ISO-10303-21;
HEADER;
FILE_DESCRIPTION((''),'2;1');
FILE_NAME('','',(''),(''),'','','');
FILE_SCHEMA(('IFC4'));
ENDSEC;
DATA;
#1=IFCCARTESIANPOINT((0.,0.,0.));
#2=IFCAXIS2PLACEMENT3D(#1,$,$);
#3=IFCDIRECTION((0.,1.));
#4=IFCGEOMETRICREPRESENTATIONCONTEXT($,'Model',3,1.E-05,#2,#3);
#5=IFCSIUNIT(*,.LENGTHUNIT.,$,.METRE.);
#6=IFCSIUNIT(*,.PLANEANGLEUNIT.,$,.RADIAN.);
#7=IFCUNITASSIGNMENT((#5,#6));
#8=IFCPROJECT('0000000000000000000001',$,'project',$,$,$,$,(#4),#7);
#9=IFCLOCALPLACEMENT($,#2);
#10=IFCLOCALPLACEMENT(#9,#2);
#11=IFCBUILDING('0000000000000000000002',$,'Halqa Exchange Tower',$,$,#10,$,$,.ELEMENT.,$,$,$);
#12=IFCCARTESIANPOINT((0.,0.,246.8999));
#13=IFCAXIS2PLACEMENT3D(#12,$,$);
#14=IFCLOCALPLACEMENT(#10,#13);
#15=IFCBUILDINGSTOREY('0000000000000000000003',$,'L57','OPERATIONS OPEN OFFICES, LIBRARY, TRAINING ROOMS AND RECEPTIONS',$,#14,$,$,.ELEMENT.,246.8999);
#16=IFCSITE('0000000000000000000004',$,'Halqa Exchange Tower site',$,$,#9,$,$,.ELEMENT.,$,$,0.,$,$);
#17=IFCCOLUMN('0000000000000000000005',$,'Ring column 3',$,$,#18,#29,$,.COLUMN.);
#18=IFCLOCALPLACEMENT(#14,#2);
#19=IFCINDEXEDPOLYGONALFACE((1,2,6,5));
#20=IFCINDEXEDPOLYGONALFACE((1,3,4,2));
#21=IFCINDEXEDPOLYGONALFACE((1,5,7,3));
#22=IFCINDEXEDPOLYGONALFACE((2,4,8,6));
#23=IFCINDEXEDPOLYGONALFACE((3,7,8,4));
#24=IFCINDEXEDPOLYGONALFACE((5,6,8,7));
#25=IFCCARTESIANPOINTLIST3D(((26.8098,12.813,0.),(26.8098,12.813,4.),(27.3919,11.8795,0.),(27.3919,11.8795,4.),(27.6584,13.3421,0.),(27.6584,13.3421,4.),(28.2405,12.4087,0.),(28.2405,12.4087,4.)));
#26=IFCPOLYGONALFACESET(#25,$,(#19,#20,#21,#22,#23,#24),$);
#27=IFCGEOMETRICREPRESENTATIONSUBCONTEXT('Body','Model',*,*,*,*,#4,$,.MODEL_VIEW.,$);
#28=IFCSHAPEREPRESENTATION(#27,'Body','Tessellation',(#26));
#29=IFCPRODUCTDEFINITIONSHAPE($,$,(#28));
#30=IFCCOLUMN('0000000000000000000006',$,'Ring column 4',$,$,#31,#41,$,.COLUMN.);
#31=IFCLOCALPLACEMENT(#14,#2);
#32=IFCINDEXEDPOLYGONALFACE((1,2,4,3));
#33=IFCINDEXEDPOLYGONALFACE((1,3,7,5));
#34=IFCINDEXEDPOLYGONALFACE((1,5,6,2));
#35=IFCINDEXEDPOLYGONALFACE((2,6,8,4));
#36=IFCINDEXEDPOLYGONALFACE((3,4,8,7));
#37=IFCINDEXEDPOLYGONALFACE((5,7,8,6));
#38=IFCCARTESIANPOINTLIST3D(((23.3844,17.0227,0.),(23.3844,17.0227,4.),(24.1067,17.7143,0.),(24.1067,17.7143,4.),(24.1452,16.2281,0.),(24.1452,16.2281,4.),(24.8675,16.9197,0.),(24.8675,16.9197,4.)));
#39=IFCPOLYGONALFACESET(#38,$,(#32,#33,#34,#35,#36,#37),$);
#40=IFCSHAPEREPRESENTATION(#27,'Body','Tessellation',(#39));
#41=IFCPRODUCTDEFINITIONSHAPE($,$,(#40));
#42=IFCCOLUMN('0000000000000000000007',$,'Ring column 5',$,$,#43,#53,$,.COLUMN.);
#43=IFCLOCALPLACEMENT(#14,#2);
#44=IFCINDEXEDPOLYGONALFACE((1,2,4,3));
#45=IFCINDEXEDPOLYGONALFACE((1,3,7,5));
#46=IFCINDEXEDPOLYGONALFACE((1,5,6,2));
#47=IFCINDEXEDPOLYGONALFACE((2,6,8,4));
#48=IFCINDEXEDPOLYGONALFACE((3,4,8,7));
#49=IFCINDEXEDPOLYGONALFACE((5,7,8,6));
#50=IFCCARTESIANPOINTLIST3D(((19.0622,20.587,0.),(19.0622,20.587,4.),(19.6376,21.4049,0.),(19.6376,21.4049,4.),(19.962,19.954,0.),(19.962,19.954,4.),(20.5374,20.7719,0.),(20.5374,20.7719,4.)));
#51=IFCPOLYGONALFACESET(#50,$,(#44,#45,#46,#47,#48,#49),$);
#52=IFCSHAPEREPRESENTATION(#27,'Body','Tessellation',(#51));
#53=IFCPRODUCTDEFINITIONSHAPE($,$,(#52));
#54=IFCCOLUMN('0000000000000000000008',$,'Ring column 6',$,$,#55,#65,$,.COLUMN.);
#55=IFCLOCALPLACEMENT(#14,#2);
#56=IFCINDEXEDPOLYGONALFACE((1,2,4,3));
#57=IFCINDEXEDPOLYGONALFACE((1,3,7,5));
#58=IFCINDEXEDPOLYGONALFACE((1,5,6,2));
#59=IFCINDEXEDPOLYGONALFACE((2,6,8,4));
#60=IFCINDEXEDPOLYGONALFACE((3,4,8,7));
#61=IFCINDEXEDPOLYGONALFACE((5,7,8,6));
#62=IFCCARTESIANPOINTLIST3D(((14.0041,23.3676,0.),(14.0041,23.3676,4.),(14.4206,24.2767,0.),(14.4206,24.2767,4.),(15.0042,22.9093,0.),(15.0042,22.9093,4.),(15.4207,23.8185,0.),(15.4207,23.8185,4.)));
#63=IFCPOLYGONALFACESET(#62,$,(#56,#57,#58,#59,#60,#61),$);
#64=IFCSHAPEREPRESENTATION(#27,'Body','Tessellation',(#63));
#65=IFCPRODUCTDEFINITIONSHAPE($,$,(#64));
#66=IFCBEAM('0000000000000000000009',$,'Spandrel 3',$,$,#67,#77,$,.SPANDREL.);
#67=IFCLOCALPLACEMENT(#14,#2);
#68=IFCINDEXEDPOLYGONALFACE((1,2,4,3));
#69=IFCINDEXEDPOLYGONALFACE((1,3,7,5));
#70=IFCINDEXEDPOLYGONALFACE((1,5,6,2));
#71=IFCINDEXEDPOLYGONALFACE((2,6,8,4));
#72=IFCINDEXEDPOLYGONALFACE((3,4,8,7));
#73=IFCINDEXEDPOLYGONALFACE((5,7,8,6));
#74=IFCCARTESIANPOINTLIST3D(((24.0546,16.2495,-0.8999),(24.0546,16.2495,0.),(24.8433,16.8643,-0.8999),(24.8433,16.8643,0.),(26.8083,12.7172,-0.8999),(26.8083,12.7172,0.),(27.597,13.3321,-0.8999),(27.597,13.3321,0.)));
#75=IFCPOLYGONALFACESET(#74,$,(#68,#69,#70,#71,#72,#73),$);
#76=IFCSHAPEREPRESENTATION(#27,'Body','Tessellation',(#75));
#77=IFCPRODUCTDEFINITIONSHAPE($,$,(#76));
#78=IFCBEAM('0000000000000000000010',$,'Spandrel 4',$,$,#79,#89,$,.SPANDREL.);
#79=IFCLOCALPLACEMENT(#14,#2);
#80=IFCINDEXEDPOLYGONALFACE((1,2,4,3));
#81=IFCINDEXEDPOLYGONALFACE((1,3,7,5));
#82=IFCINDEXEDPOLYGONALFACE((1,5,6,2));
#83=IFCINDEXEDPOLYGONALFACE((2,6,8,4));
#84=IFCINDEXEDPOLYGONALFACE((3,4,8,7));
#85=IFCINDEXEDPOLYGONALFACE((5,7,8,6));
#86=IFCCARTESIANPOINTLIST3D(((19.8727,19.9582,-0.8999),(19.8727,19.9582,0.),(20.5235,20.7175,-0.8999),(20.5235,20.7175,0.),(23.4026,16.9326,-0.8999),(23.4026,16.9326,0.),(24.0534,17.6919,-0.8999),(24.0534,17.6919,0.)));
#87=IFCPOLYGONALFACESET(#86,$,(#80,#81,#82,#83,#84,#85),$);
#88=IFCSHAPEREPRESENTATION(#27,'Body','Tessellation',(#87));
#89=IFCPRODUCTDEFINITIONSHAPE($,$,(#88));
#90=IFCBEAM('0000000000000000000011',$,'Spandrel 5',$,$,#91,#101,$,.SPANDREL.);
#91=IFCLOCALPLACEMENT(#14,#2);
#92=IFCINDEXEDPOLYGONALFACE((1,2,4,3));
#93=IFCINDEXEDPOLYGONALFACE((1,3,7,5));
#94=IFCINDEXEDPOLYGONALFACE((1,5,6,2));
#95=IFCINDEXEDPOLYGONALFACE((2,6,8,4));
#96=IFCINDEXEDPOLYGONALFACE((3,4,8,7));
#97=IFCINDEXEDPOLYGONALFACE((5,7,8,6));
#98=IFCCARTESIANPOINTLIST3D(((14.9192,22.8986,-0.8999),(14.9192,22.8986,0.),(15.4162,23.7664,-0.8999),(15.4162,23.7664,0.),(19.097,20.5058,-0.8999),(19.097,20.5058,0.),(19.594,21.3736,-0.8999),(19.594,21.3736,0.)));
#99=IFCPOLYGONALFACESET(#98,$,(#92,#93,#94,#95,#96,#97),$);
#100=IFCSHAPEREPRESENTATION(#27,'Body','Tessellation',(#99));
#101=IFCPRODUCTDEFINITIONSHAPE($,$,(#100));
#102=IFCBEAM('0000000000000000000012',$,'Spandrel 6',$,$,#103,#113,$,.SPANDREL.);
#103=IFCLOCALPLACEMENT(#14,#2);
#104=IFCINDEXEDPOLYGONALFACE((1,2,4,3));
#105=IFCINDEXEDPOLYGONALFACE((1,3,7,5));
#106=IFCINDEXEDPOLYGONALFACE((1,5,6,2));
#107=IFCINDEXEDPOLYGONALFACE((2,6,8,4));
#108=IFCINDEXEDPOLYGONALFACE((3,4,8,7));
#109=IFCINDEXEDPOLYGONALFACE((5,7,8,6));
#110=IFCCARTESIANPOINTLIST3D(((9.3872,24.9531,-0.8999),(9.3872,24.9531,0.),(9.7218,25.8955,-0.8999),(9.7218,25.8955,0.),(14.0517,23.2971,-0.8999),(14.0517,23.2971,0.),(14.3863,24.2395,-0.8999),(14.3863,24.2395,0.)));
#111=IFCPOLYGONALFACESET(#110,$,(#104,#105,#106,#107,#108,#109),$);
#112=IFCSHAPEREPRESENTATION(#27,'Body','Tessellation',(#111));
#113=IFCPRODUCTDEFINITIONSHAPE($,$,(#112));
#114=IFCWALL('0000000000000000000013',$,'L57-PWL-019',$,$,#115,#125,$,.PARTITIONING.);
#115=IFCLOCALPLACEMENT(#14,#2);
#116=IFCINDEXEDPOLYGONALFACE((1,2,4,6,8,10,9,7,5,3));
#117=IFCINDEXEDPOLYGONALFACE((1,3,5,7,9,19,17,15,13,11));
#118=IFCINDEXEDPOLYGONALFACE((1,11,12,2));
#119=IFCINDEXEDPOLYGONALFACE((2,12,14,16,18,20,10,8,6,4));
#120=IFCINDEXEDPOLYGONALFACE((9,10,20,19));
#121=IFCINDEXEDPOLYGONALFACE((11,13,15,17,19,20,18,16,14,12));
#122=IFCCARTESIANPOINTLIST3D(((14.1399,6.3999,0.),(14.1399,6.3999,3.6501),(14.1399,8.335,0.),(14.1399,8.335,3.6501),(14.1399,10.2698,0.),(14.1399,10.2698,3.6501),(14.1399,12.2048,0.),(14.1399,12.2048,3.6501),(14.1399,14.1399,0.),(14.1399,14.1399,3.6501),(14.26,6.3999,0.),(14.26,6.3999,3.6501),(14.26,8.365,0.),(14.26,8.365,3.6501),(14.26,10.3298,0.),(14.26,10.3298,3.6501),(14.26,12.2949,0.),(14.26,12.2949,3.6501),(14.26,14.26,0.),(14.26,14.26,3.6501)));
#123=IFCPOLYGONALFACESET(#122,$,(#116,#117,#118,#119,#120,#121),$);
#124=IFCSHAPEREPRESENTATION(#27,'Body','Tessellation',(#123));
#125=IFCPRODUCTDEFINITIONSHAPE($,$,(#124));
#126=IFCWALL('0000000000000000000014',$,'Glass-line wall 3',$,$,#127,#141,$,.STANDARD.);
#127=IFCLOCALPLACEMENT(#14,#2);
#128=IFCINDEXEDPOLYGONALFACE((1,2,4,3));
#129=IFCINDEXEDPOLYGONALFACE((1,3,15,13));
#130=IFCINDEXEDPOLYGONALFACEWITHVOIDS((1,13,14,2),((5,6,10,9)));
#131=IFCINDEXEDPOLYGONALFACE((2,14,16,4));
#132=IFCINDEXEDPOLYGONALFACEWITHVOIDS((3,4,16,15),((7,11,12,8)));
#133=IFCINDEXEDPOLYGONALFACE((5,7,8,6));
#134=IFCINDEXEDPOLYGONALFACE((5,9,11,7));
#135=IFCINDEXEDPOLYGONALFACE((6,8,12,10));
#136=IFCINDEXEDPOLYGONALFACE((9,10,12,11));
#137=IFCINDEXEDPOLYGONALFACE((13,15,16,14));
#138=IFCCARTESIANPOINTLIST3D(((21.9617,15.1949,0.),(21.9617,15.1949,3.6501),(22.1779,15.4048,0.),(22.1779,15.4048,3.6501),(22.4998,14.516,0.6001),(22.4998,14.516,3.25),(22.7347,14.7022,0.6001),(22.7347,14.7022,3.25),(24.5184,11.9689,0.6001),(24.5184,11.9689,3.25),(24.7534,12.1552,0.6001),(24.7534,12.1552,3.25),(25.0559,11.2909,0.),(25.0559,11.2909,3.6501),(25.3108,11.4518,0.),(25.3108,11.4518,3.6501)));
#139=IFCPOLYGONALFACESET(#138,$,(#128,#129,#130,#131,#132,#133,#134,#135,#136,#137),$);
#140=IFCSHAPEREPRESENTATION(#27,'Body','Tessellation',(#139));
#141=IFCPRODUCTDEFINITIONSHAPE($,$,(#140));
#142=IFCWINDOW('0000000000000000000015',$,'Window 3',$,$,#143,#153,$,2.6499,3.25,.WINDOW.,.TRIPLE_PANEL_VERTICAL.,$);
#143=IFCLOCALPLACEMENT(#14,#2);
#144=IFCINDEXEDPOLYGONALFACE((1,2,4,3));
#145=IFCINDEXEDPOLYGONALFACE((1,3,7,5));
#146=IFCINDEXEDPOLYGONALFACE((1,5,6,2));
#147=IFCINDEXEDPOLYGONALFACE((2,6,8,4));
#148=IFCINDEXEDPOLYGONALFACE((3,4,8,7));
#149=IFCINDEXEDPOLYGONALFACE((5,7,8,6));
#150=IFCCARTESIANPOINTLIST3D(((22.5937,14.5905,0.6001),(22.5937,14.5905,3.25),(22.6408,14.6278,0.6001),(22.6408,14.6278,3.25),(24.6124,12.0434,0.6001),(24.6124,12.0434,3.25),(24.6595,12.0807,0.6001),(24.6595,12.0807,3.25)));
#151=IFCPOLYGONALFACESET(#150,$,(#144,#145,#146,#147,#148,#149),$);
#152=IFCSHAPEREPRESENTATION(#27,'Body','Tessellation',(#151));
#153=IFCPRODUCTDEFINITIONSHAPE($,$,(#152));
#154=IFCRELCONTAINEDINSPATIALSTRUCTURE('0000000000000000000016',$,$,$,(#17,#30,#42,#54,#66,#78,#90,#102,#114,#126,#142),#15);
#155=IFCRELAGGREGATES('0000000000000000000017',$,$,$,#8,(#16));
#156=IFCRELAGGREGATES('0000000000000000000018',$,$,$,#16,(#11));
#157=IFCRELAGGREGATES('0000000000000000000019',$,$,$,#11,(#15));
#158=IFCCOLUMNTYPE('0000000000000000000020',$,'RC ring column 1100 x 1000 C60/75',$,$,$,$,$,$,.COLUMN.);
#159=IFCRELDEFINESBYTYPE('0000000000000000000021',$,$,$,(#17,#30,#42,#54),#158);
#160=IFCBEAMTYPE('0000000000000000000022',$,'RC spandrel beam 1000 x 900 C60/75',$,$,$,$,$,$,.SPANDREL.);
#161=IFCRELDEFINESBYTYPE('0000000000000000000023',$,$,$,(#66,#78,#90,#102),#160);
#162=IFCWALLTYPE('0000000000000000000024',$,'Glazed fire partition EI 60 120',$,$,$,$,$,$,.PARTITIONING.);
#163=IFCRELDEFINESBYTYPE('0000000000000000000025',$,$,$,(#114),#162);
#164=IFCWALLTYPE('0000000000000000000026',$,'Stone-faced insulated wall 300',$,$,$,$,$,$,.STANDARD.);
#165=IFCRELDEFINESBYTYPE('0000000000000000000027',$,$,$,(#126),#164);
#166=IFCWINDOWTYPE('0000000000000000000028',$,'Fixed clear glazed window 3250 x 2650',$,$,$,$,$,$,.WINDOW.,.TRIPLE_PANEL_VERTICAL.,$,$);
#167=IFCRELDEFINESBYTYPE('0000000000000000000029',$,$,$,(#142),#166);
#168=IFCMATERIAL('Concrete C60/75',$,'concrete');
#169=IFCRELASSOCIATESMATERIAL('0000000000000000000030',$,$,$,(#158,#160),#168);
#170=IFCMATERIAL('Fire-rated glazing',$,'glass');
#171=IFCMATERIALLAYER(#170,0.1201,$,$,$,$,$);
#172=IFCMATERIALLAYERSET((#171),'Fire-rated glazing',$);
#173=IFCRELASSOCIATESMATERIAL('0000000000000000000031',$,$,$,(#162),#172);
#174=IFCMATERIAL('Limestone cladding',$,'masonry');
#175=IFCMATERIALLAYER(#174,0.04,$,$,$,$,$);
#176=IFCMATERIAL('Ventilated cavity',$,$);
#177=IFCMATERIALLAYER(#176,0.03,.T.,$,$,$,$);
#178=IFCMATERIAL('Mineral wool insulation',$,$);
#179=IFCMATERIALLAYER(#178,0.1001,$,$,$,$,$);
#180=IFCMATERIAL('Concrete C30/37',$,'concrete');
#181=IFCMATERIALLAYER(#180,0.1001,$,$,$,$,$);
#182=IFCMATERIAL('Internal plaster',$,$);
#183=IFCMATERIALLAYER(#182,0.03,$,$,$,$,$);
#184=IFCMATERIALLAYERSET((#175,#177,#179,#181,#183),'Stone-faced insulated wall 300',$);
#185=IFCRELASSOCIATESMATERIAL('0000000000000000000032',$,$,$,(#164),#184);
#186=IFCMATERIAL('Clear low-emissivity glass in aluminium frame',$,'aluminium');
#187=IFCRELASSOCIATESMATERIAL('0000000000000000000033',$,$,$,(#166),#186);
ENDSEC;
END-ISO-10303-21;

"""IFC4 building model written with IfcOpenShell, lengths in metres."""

from ifc_helpers import new_model, si_unit, direction, frame, frame_2d, origin, origin_2d, place, context, subcontext, project, spatial, polyline, rectangle, outline, extrude, material, layer, layer_set, material_profile, profile_set, type_object, element, fill, save


model = new_model("IFC4")

# Units and contexts
model_context = context("Model", 3, precision=1e-05, world=origin(), true_north=direction((0.0, 1.0)))
body_context = subcontext(model_context, "Body", "Model", "MODEL_VIEW")
ifc_project = project(units=[si_unit("LENGTHUNIT", "METRE"), si_unit("PLANEANGLEUNIT", "RADIAN")], contexts=[model_context])

# Site, building, storey
site_placement = place(None, origin())
site = spatial("IfcSite", under=ifc_project, at=site_placement, Name="Halqa Exchange Tower site", CompositionType="ELEMENT", RefElevation=0.0)
building_placement = place(site_placement, origin())
building = spatial("IfcBuilding", under=site, at=building_placement, Name="Halqa Exchange Tower", CompositionType="ELEMENT")
storey_placement = place(building_placement, frame((0.0, 0.0, 246.8999)))
storey = spatial("IfcBuildingStorey", under=building, at=storey_placement, Name="L57", Description="OPERATIONS OPEN OFFICES, LIBRARY, TRAINING ROOMS AND RECEPTIONS", CompositionType="ELEMENT", Elevation=246.8999)

# Columns
ifc_material_1 = material(Name="Concrete C60/75", Category="concrete")
ifc_material_profile_1 = material_profile(ifc_material_1, rectangle(XDim=1.1001, YDim=1.0, at=origin_2d()), Name="1100 x 1000")
ifc_profile_set_1 = profile_set([ifc_material_profile_1], Name="Concrete C60/75")
column_type = type_object("IfcColumnType", Name="RC ring column 1100 x 1000 C60/75", PredefinedType="COLUMN", material=ifc_profile_set_1)
for number, where, z_axis, x_axis, name in (
    (1, (27.5251, 12.6108, 0.0), (0.0, 0.0, 1.0), (-0.529148, 0.84853, 0.0), "Ring column 3"),
    (2, (24.126, 16.9712, 0.0), (0.0, 0.0, 1.0), (-0.691579, 0.722301, 0.0), "Ring column 4"),
    (3, (19.7998, 20.6794, 0.0), (0.0, 0.0, 1.0), (-0.817905, 0.575354, 0.0), "Ring column 5"),
    (4, (14.7124, 23.593, 0.0), (0.0, 0.0, 1.0), (-0.909126, 0.416522, 0.0), "Ring column 6"),
):
    element("IfcColumn", number, at=place(storey_placement, frame(where, z_axis=z_axis, x_axis=x_axis)), inside=storey, type_object=column_type, Name=name, PredefinedType="COLUMN", context=body_context, shape_type="SweptSolid", body=[
        extrude(rectangle(XDim=1.1001, YDim=1.0, at=origin_2d()), origin(), (0.0, 0.0, 1.0), 4.0),
    ])

# Beams
ifc_material_profile_2 = material_profile(ifc_material_1, rectangle(XDim=1.0, YDim=0.8999, at=origin_2d()), Name="1000 x 900")
ifc_profile_set_2 = profile_set([ifc_material_profile_2], Name="Concrete C60/75")
beam_type = type_object("IfcBeamType", Name="RC spandrel beam 1000 x 900 C60/75", PredefinedType="SPANDREL", material=ifc_profile_set_2)
beam_1_placement = place(storey_placement, frame((27.2026, 13.0247, -0.45), z_axis=(-0.614827, 0.788662, 0.0), x_axis=(-0.788662, -0.614827, 0.0)))
element("IfcBeam", 5, at=beam_1_placement, inside=storey, type_object=beam_type, Name="Spandrel 3", PredefinedType="SPANDREL", context=body_context, shape_type="SweptSolid", body=[
    extrude(rectangle(XDim=1.0, YDim=0.8999, at=origin_2d()), origin(), (0.0, 0.0, 1.0), 4.4788),
])
beam_2_placement = place(storey_placement, frame((23.728, 17.3123, -0.45), z_axis=(-0.759268, 0.650778, 0.0), x_axis=(-0.650778, -0.759268, 0.0)))
element("IfcBeam", 6, at=beam_2_placement, inside=storey, type_object=beam_type, Name="Spandrel 4", PredefinedType="SPANDREL", context=body_context, shape_type="SweptSolid", body=[
    extrude(rectangle(XDim=1.0, YDim=0.8999, at=origin_2d()), origin(), (0.0, 0.0, 1.0), 4.6492),
])
beam_3_placement = place(storey_placement, frame((19.3455, 20.9397, -0.45), z_axis=(-0.867747, 0.497007, 0.0), x_axis=(-0.497007, -0.867747, 0.0)))
element("IfcBeam", 7, at=beam_3_placement, inside=storey, type_object=beam_type, Name="Spandrel 5", PredefinedType="SPANDREL", context=body_context, shape_type="SweptSolid", body=[
    extrude(rectangle(XDim=1.0, YDim=0.8999, at=origin_2d()), origin(), (0.0, 0.0, 1.0), 4.8145),
])
beam_4_placement = place(storey_placement, frame((14.219, 23.7683, -0.45), z_axis=(-0.942374, 0.334561, 0.0), x_axis=(-0.334561, -0.942374, 0.0)))
element("IfcBeam", 8, at=beam_4_placement, inside=storey, type_object=beam_type, Name="Spandrel 6", PredefinedType="SPANDREL", context=body_context, shape_type="SweptSolid", body=[
    extrude(rectangle(XDim=1.0, YDim=0.8999, at=origin_2d()), origin(), (0.0, 0.0, 1.0), 4.9497),
])

# Wall
ifc_material_2 = material(Name="Fire-rated glazing", Category="glass")
ifc_layer_1 = layer(ifc_material_2, 0.1201)
ifc_layer_set_1 = layer_set([ifc_layer_1], Name="Fire-rated glazing")
wall_type_1 = type_object("IfcWallType", Name="Glazed fire partition EI 60 120", PredefinedType="PARTITIONING", material=ifc_layer_set_1)
wall_1_placement = place(storey_placement, frame((14.2, 14.26, 0.0), z_axis=(0.0, 0.0, 1.0), x_axis=(0.0, -1.0, 0.0)))
element("IfcWall", 9, at=wall_1_placement, inside=storey, type_object=wall_type_1, Name="L57-PWL-019", PredefinedType="PARTITIONING", context=body_context, shape_type="SweptSolid", body=[
    extrude(outline(polyline([(7.8601, 0.0601), (5.895, 0.0601), (3.9302, 0.0601), (1.9651, 0.0601), (0.0, 0.0601), (0.1201, -0.0601), (2.0552, -0.0601), (3.9902, -0.0601), (5.925, -0.0601), (7.8601, -0.0601), (7.8601, 0.0601)])), origin(), (0.0, 0.0, 1.0), 3.6501),
])

# Wall, opening, window
ifc_material_3 = material(Name="Limestone cladding", Category="masonry")
ifc_layer_2 = layer(ifc_material_3, 0.04)
ifc_material_4 = material(Name="Ventilated cavity")
ifc_layer_3 = layer(ifc_material_4, 0.03, ventilated=True)
ifc_material_5 = material(Name="Mineral wool insulation")
ifc_layer_4 = layer(ifc_material_5, 0.1001)
ifc_material_6 = material(Name="Concrete C30/37", Category="concrete")
ifc_layer_5 = layer(ifc_material_6, 0.1001)
ifc_material_7 = material(Name="Internal plaster")
ifc_layer_6 = layer(ifc_material_7, 0.03)
ifc_layer_set_2 = layer_set([ifc_layer_2, ifc_layer_3, ifc_layer_4, ifc_layer_5, ifc_layer_6], Name="Stone-faced insulated wall 300")
wall_type_2 = type_object("IfcWallType", Name="Stone-faced insulated wall 300", PredefinedType="STANDARD", material=ifc_layer_set_2)
wall_2_placement = place(storey_placement, frame((25.1833, 11.3713, 0.0), z_axis=(0.0, 0.0, 1.0), x_axis=(-0.621131, 0.783707, 0.0)))
wall_2 = element("IfcWall", 10, at=wall_2_placement, inside=storey, type_object=wall_type_2, Name="Glass-line wall 3", PredefinedType="STANDARD", context=body_context, shape_type="SweptSolid", body=[
    extrude(outline(polyline([(-0.0161, -0.1499), (5.0278, -0.1499), (4.9976, 0.1499), (0.0161, 0.1499), (-0.0161, -0.1499)])), origin(), (0.0, 0.0, 1.0), 3.6501),
])
opening_1_placement = place(wall_2_placement, frame((0.8813, 0.0, 0.6001)))
opening_1 = element("IfcOpeningElement", 11, at=opening_1_placement, cuts=wall_2, PredefinedType="OPENING", context=body_context, shape_type="SweptSolid", body=[
    extrude(rectangle(XDim=3.25, YDim=2.6499, at=frame_2d((1.625, 1.325))), frame((0.0, 0.1621, 0.0), z_axis=(0.0, -1.0, 0.0), x_axis=(1.0, 0.0, 0.0)), (0.0, 0.0, 1.0), 0.324),
])
ifc_material_8 = material(Name="Clear low-emissivity glass in aluminium frame", Category="aluminium")
window_type = type_object("IfcWindowType", Name="Fixed clear glazed window 3250 x 2650", PartitioningType="TRIPLE_PANEL_VERTICAL", PredefinedType="WINDOW", material=ifc_material_8)
window_1_placement = place(opening_1_placement, origin())
window_1 = element("IfcWindow", 12, at=window_1_placement, inside=storey, type_object=window_type, Name="Window 3", OverallHeight=2.6499, OverallWidth=3.25, PartitioningType="TRIPLE_PANEL_VERTICAL", PredefinedType="WINDOW", context=body_context, shape_type="SweptSolid", body=[
    extrude(rectangle(XDim=3.25, YDim=2.6499, at=frame_2d((1.625, 1.325))), frame((0.0, 0.03, 0.0), z_axis=(0.0, -1.0, 0.0), x_axis=(1.0, 0.0, 0.0)), (0.0, 0.0, 1.0), 0.0601),
])
fill(opening_1, window_1)

save(model, "model.ifc")
